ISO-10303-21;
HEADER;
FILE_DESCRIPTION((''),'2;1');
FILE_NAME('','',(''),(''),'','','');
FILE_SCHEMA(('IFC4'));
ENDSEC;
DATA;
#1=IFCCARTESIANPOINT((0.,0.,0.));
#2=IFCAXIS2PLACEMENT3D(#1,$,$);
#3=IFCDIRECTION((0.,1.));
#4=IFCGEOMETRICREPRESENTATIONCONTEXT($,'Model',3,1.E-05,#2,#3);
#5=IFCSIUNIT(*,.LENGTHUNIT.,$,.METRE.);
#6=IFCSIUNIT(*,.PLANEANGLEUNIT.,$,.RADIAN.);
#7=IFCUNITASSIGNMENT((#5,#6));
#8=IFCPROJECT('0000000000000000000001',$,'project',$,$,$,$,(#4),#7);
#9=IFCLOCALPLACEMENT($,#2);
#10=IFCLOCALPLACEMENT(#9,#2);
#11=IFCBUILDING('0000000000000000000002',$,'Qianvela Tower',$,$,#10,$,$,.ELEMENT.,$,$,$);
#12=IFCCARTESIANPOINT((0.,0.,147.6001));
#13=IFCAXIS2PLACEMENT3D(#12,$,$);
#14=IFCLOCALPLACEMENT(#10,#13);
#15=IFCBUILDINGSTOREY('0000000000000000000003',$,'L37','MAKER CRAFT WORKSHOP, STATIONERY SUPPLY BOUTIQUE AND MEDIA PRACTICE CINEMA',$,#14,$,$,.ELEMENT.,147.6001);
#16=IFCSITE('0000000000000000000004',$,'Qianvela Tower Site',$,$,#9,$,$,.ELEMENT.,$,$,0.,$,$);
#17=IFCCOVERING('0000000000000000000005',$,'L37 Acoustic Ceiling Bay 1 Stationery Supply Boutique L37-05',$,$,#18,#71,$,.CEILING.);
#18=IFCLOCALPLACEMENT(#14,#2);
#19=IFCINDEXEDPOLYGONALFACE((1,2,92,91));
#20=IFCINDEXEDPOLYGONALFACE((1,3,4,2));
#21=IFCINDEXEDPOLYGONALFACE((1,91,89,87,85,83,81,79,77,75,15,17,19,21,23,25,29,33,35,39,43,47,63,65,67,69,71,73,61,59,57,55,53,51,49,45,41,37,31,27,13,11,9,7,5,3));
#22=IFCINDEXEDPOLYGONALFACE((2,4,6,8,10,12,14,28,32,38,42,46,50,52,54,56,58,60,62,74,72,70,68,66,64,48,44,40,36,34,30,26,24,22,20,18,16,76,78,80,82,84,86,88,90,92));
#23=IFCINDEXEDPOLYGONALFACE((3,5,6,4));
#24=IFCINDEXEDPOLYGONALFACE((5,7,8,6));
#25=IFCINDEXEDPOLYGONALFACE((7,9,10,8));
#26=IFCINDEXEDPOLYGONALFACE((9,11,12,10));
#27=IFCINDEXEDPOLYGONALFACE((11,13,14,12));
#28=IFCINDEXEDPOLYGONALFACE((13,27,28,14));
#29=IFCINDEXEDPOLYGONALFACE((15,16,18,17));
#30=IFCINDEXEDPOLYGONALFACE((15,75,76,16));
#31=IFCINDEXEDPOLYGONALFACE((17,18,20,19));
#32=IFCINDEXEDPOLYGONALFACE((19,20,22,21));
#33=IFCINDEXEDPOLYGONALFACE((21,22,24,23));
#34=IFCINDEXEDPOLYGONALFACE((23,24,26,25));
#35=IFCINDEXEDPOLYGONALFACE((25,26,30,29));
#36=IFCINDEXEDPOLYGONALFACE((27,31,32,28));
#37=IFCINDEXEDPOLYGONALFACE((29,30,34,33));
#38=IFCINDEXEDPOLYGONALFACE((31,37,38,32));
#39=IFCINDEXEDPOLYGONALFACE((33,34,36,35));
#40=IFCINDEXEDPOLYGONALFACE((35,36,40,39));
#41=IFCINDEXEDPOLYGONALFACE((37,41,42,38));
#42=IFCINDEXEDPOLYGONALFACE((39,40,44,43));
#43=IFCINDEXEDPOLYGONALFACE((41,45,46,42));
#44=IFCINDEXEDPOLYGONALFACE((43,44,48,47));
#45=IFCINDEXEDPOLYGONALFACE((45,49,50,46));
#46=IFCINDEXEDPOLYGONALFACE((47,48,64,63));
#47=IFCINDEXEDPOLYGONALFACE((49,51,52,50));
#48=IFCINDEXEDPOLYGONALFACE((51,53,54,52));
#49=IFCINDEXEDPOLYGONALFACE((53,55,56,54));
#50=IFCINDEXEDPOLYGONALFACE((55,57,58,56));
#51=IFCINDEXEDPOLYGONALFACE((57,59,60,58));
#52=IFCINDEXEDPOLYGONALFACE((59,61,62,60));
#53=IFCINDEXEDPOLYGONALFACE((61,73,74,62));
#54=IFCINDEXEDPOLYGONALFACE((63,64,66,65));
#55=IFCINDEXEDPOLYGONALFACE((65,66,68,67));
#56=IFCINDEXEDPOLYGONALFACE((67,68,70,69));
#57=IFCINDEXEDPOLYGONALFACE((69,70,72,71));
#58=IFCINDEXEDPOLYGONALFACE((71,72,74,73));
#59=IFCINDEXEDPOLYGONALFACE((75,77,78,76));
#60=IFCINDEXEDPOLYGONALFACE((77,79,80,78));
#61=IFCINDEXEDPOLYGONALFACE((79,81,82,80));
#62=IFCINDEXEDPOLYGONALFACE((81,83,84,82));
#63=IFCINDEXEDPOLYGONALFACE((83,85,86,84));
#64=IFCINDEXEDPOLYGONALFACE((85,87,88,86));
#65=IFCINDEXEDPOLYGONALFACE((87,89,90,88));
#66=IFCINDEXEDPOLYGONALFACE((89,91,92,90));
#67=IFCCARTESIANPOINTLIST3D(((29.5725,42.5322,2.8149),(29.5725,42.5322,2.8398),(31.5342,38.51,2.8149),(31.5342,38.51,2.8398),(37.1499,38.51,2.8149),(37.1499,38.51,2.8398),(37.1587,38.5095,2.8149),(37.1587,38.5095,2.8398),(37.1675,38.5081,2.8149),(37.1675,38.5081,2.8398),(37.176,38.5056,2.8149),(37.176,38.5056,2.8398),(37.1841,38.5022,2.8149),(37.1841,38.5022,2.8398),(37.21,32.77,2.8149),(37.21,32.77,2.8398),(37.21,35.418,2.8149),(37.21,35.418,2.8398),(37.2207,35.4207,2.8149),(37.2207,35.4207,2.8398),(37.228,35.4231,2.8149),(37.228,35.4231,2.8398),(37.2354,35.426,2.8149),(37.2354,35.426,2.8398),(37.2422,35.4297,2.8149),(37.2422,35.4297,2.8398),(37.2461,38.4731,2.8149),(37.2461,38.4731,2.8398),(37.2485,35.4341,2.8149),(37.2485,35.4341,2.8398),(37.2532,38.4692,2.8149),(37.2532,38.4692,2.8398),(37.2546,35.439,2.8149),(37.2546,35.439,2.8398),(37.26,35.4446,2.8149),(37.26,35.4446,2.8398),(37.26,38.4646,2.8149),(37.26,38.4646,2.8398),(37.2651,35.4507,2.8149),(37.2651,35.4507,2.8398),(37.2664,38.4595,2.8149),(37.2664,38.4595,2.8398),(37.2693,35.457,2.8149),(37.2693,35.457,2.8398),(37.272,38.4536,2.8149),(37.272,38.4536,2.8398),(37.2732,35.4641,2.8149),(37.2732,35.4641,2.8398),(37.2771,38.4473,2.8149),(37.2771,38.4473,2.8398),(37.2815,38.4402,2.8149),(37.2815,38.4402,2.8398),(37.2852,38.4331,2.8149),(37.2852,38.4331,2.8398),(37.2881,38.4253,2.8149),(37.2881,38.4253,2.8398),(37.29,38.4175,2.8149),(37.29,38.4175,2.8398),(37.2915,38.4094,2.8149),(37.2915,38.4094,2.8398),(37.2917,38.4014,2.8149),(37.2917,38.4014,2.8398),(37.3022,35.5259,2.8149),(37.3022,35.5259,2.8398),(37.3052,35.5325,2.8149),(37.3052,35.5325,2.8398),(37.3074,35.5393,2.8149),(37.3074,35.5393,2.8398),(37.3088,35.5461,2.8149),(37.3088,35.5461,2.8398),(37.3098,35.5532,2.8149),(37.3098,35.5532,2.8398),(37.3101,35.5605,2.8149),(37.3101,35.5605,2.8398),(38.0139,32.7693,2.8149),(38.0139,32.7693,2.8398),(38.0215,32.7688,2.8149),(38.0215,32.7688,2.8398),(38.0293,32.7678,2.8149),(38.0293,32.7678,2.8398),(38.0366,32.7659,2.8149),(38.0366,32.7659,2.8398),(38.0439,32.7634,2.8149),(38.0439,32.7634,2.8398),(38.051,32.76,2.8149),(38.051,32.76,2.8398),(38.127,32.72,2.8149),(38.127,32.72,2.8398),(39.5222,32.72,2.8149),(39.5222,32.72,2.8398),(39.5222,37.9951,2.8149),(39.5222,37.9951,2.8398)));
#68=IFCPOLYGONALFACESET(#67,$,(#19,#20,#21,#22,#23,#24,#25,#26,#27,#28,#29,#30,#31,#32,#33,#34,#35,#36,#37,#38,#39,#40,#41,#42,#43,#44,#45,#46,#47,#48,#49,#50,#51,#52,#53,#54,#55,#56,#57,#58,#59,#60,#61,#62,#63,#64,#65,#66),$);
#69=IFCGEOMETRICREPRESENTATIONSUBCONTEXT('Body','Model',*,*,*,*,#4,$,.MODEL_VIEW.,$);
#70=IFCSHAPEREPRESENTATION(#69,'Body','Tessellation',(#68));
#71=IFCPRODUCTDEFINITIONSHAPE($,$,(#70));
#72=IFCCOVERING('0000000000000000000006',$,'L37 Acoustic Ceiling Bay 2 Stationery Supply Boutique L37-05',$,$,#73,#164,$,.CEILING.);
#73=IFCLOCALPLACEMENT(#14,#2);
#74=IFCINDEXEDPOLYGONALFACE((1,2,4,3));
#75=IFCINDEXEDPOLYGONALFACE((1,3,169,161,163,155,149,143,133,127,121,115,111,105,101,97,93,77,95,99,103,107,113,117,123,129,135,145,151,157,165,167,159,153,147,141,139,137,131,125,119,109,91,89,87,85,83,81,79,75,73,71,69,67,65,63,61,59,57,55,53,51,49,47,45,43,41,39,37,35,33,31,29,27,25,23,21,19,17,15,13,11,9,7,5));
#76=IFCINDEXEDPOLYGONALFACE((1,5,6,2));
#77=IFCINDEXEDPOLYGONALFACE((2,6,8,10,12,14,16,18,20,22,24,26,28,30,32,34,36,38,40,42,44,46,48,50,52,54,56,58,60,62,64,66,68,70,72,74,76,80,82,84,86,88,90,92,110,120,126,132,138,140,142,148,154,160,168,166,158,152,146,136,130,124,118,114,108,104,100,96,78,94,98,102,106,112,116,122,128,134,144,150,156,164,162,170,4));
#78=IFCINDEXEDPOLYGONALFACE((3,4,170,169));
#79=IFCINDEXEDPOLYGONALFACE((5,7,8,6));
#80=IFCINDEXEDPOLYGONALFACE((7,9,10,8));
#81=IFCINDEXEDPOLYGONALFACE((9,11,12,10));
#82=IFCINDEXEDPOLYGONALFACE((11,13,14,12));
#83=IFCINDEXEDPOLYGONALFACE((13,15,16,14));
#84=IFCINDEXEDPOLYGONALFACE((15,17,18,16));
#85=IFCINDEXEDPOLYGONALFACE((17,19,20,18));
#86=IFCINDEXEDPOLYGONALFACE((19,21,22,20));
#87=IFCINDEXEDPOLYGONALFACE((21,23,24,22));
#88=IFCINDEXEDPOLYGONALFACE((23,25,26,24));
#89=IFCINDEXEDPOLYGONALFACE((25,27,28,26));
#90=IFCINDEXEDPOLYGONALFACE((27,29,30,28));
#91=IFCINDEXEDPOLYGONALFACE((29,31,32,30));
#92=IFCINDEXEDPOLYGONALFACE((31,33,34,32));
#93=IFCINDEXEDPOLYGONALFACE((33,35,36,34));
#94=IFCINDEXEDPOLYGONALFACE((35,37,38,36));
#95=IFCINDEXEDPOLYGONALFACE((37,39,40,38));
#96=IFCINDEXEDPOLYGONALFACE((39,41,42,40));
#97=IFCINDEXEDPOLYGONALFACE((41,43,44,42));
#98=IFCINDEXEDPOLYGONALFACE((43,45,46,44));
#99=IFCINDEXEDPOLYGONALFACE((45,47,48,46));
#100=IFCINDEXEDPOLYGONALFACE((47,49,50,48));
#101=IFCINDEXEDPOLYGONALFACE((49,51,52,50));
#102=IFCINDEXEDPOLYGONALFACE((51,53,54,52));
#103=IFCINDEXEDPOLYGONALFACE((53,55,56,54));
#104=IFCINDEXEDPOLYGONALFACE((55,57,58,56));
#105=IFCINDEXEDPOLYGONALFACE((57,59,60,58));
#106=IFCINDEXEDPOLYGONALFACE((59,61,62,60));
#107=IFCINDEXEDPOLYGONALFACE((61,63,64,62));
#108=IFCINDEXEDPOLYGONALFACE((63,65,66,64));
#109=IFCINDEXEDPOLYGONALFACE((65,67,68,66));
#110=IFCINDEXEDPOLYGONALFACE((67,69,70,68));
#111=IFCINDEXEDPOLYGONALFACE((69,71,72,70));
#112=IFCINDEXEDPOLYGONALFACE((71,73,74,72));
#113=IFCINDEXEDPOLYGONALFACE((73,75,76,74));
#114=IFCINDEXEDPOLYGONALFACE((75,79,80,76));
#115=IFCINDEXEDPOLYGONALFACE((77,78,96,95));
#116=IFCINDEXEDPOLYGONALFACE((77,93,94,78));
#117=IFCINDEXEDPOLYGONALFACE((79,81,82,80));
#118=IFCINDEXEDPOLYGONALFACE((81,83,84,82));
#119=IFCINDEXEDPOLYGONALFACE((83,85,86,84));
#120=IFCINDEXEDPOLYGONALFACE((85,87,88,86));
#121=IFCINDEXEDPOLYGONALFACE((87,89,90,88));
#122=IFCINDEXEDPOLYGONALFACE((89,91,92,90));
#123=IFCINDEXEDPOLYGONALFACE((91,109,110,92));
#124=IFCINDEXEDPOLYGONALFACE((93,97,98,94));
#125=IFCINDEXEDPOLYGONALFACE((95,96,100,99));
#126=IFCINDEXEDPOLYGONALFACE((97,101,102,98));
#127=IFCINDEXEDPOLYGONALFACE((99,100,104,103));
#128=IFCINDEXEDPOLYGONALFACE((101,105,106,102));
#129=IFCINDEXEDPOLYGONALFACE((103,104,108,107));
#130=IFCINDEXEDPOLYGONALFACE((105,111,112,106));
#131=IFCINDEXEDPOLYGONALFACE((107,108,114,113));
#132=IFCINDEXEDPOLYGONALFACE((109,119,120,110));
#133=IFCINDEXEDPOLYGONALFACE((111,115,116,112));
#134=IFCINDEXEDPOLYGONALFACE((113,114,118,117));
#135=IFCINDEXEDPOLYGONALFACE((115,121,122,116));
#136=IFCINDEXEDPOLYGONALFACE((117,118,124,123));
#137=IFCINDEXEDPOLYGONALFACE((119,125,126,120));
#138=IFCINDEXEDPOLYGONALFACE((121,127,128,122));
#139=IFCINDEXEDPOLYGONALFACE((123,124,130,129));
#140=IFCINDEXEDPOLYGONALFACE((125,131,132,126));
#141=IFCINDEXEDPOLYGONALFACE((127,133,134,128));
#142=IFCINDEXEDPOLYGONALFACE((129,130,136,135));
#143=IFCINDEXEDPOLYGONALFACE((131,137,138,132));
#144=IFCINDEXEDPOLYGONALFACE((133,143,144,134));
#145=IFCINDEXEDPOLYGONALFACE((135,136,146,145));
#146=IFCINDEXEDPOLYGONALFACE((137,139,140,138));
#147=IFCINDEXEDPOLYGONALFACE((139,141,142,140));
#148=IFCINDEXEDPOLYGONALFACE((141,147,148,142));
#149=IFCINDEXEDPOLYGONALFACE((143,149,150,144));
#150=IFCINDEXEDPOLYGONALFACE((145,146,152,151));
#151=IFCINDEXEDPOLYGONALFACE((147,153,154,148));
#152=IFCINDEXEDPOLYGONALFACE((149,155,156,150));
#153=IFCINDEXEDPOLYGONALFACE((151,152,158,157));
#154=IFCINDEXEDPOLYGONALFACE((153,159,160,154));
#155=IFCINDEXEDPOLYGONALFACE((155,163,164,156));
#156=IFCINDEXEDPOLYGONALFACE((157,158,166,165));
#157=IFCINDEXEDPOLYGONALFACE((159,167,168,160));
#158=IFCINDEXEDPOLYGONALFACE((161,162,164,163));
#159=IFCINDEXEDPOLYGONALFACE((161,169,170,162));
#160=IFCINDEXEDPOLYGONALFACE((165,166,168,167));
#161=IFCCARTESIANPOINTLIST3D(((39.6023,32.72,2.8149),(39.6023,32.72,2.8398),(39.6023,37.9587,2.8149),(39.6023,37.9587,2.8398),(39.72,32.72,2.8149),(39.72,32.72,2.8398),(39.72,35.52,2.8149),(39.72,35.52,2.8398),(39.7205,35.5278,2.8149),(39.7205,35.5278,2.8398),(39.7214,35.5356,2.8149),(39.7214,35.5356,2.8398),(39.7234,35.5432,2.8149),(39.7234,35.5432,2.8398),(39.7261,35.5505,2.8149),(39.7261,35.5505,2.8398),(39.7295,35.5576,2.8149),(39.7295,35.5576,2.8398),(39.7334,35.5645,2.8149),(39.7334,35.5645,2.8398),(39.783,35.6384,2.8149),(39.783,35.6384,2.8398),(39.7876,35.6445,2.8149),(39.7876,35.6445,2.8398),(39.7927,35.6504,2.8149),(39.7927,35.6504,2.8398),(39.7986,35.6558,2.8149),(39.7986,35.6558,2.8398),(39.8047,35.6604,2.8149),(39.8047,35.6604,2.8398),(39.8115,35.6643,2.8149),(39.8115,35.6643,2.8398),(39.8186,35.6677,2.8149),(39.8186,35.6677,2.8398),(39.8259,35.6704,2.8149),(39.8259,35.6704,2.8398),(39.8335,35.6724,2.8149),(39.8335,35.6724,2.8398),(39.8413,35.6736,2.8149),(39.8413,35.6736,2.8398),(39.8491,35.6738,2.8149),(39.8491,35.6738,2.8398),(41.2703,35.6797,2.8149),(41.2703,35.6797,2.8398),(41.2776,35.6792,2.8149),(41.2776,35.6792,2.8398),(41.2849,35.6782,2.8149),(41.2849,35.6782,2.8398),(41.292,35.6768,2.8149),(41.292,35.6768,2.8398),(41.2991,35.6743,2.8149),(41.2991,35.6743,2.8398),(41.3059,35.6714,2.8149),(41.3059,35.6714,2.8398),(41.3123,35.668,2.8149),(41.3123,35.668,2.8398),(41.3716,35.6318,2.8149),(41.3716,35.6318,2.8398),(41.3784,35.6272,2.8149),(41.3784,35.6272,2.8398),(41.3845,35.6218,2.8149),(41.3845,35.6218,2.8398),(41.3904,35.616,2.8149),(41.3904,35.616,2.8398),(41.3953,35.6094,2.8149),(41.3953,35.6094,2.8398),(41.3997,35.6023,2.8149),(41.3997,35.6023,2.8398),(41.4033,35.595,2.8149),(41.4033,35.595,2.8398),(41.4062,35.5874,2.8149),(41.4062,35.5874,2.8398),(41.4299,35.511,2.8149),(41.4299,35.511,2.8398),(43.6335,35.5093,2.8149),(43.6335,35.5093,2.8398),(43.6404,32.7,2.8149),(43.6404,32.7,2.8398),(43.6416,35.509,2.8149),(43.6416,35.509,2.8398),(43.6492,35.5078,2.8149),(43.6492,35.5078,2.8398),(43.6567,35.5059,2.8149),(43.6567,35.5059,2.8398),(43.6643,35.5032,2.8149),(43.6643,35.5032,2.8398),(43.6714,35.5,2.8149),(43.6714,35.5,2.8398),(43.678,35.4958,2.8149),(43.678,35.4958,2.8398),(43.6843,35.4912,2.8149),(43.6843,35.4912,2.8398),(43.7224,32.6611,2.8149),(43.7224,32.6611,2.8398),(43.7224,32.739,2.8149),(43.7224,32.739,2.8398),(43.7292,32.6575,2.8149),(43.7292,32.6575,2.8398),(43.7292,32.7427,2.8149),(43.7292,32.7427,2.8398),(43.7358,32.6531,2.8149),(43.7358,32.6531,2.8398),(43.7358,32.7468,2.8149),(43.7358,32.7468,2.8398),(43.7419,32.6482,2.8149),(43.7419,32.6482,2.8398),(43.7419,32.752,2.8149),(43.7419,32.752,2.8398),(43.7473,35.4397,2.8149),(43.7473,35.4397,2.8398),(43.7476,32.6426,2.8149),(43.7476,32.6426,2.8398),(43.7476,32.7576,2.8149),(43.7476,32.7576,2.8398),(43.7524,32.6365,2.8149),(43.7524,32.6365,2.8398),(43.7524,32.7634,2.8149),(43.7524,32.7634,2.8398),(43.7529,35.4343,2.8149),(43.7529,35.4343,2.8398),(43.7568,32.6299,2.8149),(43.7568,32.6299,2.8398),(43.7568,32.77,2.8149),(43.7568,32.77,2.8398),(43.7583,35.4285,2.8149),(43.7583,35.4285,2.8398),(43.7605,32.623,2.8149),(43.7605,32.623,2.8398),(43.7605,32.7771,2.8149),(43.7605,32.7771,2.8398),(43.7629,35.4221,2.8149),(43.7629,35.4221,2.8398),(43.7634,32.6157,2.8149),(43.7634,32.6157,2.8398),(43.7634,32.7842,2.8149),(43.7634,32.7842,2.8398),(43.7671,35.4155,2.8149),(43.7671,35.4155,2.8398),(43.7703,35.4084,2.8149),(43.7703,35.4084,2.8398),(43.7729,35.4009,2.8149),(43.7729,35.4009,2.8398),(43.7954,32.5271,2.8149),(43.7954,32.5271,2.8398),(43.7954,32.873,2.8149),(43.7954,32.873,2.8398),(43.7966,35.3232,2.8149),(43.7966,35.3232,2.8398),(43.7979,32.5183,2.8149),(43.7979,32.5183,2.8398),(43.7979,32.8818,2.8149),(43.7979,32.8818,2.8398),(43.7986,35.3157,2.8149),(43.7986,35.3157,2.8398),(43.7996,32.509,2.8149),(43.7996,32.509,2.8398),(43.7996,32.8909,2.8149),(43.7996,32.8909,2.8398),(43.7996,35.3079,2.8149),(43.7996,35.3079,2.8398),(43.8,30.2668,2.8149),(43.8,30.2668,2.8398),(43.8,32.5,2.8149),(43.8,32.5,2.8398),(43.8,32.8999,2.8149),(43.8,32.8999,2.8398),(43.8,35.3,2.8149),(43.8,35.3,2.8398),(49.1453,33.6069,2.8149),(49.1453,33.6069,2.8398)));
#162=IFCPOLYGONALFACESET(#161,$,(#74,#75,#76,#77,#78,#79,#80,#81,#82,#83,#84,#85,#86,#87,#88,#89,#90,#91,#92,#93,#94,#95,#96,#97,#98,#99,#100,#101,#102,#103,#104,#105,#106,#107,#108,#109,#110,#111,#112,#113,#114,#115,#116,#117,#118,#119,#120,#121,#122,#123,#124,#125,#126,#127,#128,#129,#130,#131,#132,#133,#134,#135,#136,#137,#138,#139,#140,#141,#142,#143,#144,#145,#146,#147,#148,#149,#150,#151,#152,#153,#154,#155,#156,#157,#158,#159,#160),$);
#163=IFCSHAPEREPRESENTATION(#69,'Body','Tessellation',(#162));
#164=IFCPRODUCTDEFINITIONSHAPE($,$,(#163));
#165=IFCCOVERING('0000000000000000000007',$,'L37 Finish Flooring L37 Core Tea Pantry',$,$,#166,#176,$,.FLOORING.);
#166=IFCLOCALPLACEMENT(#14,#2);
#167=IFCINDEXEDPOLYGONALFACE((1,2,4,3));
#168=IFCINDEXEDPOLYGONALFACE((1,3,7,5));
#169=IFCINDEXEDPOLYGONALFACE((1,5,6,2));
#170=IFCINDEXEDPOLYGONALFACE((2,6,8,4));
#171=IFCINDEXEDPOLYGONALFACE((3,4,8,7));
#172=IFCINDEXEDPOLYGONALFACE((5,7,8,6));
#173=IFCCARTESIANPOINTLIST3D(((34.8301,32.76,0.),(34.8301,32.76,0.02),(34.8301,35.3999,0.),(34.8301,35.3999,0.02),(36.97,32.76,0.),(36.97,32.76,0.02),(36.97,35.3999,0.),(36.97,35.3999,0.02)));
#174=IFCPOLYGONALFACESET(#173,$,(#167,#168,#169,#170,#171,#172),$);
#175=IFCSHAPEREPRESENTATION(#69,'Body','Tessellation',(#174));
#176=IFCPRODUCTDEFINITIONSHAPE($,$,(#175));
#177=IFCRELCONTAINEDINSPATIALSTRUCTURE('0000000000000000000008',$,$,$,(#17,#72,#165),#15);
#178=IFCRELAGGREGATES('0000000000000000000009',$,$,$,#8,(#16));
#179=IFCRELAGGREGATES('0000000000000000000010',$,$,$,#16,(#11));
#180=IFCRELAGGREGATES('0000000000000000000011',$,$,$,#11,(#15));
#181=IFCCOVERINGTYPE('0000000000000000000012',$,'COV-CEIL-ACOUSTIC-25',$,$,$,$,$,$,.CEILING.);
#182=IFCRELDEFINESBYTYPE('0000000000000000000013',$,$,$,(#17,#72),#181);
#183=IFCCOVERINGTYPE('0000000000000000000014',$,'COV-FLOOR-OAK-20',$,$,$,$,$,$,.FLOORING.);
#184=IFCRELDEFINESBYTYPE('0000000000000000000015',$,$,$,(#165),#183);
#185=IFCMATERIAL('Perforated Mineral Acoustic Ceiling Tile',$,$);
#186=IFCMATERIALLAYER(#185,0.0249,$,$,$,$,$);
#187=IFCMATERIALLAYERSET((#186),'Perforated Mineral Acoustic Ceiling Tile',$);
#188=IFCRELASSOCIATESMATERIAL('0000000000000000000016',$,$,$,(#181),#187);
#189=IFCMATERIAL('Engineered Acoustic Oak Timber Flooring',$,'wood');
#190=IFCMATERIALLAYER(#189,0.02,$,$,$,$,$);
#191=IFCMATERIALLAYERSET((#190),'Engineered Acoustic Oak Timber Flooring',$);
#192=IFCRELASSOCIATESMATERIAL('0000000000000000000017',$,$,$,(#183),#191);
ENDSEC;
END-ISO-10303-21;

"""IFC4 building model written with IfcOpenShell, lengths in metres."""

from ifc_helpers import new_model, si_unit, direction, frame, origin, place, context, subcontext, project, spatial, polyline, outline, extrude, material, layer, layer_set, type_object, element, save


model = new_model("IFC4")

# Units and contexts
model_context = context("Model", 3, precision=1e-05, world=origin(), true_north=direction((0.0, 1.0)))
body_context = subcontext(model_context, "Body", "Model", "MODEL_VIEW")
ifc_project = project(units=[si_unit("LENGTHUNIT", "METRE"), si_unit("PLANEANGLEUNIT", "RADIAN")], contexts=[model_context])

# Site, building, storey
site_placement = place(None, origin())
site = spatial("IfcSite", under=ifc_project, at=site_placement, Name="Qianvela Tower Site", CompositionType="ELEMENT", RefElevation=0.0)
building_placement = place(site_placement, origin())
building = spatial("IfcBuilding", under=site, at=building_placement, Name="Qianvela Tower", CompositionType="ELEMENT")
storey_placement = place(building_placement, frame((0.0, 0.0, 147.6001)))
storey = spatial("IfcBuildingStorey", under=building, at=storey_placement, Name="L37", Description="MAKER CRAFT WORKSHOP, STATIONERY SUPPLY BOUTIQUE AND MEDIA PRACTICE CINEMA", CompositionType="ELEMENT", Elevation=147.6001)

# Coverings
ifc_material_1 = material(Name="Perforated Mineral Acoustic Ceiling Tile")
ifc_layer_1 = layer(ifc_material_1, 0.0249)
ifc_layer_set_1 = layer_set([ifc_layer_1], Name="Perforated Mineral Acoustic Ceiling Tile")
covering_type_1 = type_object("IfcCoveringType", Name="COV-CEIL-ACOUSTIC-25", PredefinedType="CEILING", material=ifc_layer_set_1)
covering_1_placement = place(storey_placement, frame((0.0, 0.0, 2.8149)))
element("IfcCovering", 1, at=covering_1_placement, inside=storey, type_object=covering_type_1, Name="L37 Acoustic Ceiling Bay 1 Stationery Supply Boutique L37-05", PredefinedType="CEILING", context=body_context, shape_type="SweptSolid", body=[
    extrude(outline(polyline([(38.127, 32.72), (38.051, 32.76), (38.0439, 32.7634), (38.0366, 32.7659), (38.0293, 32.7678), (38.0215, 32.7688), (38.0139, 32.7693), (37.21, 32.77), (37.21, 35.418), (37.2207, 35.4207), (37.228, 35.4231), (37.2354, 35.426), (37.2422, 35.4297), (37.2485, 35.4341), (37.2546, 35.439), (37.26, 35.4446), (37.2651, 35.4507), (37.2693, 35.457), (37.2732, 35.4641), (37.3022, 35.5259), (37.3052, 35.5325), (37.3074, 35.5393), (37.3088, 35.5461), (37.3098, 35.5532), (37.3101, 35.5605), (37.2917, 38.4014), (37.2915, 38.4094), (37.29, 38.4175), (37.2881, 38.4253), (37.2852, 38.4331), (37.2815, 38.4402), (37.2771, 38.4473), (37.272, 38.4536), (37.2664, 38.4595), (37.26, 38.4646), (37.2532, 38.4692), (37.2461, 38.4731), (37.1841, 38.5022), (37.176, 38.5056), (37.1675, 38.5081), (37.1587, 38.5095), (37.1499, 38.51), (31.5342, 38.51), (29.5725, 42.5322), (39.5222, 37.9951), (39.5222, 32.72), (38.127, 32.72)])), origin(), (0.0, 0.0, 1.0), 0.0249),
])
covering_2_placement = place(storey_placement, frame((0.0, 0.0, 2.8149)))
element("IfcCovering", 2, at=covering_2_placement, inside=storey, type_object=covering_type_1, Name="L37 Acoustic Ceiling Bay 2 Stationery Supply Boutique L37-05", PredefinedType="CEILING", context=body_context, shape_type="SweptSolid", body=[
    extrude(outline(polyline([(43.7224, 32.739), (43.7292, 32.7427), (43.7358, 32.7468), (43.7419, 32.752), (43.7476, 32.7576), (43.7524, 32.7634), (43.7568, 32.77), (43.7605, 32.7771), (43.7634, 32.7842), (43.7954, 32.873), (43.7979, 32.8818), (43.7996, 32.8909), (43.8, 32.8999), (43.8, 35.3), (43.7996, 35.3079), (43.7986, 35.3157), (43.7966, 35.3232), (43.7729, 35.4009), (43.7703, 35.4084), (43.7671, 35.4155), (43.7629, 35.4221), (43.7583, 35.4285), (43.7529, 35.4343), (43.7473, 35.4397), (43.6843, 35.4912), (43.678, 35.4958), (43.6714, 35.5), (43.6643, 35.5032), (43.6567, 35.5059), (43.6492, 35.5078), (43.6416, 35.509), (43.6335, 35.5093), (41.4299, 35.511), (41.4062, 35.5874), (41.4033, 35.595), (41.3997, 35.6023), (41.3953, 35.6094), (41.3904, 35.616), (41.3845, 35.6218), (41.3784, 35.6272), (41.3716, 35.6318), (41.3123, 35.668), (41.3059, 35.6714), (41.2991, 35.6743), (41.292, 35.6768), (41.2849, 35.6782), (41.2776, 35.6792), (41.2703, 35.6797), (39.8491, 35.6738), (39.8413, 35.6736), (39.8335, 35.6724), (39.8259, 35.6704), (39.8186, 35.6677), (39.8115, 35.6643), (39.8047, 35.6604), (39.7986, 35.6558), (39.7927, 35.6504), (39.7876, 35.6445), (39.783, 35.6384), (39.7334, 35.5645), (39.7295, 35.5576), (39.7261, 35.5505), (39.7234, 35.5432), (39.7214, 35.5356), (39.7205, 35.5278), (39.72, 35.52), (39.72, 32.72), (39.6023, 32.72), (39.6023, 37.9587), (49.1453, 33.6069), (43.8, 30.2668), (43.8, 32.5), (43.7996, 32.509), (43.7979, 32.5183), (43.7954, 32.5271), (43.7634, 32.6157), (43.7605, 32.623), (43.7568, 32.6299), (43.7524, 32.6365), (43.7476, 32.6426), (43.7419, 32.6482), (43.7358, 32.6531), (43.7292, 32.6575), (43.7224, 32.6611), (43.6404, 32.7), (43.7224, 32.739)])), origin(), (0.0, 0.0, 1.0), 0.0249),
])
ifc_material_2 = material(Name="Engineered Acoustic Oak Timber Flooring", Category="wood")
ifc_layer_2 = layer(ifc_material_2, 0.02)
ifc_layer_set_2 = layer_set([ifc_layer_2], Name="Engineered Acoustic Oak Timber Flooring")
covering_type_2 = type_object("IfcCoveringType", Name="COV-FLOOR-OAK-20", PredefinedType="FLOORING", material=ifc_layer_set_2)
covering_3_placement = place(storey_placement, origin())
element("IfcCovering", 3, at=covering_3_placement, inside=storey, type_object=covering_type_2, Name="L37 Finish Flooring L37 Core Tea Pantry", PredefinedType="FLOORING", context=body_context, shape_type="SweptSolid", body=[
    extrude(outline(polyline([(36.97, 32.76), (34.8301, 32.76), (34.8301, 35.3999), (36.97, 35.3999), (36.97, 32.76)])), origin(), (0.0, 0.0, 1.0), 0.02),
])

save(model, "model.ifc")
